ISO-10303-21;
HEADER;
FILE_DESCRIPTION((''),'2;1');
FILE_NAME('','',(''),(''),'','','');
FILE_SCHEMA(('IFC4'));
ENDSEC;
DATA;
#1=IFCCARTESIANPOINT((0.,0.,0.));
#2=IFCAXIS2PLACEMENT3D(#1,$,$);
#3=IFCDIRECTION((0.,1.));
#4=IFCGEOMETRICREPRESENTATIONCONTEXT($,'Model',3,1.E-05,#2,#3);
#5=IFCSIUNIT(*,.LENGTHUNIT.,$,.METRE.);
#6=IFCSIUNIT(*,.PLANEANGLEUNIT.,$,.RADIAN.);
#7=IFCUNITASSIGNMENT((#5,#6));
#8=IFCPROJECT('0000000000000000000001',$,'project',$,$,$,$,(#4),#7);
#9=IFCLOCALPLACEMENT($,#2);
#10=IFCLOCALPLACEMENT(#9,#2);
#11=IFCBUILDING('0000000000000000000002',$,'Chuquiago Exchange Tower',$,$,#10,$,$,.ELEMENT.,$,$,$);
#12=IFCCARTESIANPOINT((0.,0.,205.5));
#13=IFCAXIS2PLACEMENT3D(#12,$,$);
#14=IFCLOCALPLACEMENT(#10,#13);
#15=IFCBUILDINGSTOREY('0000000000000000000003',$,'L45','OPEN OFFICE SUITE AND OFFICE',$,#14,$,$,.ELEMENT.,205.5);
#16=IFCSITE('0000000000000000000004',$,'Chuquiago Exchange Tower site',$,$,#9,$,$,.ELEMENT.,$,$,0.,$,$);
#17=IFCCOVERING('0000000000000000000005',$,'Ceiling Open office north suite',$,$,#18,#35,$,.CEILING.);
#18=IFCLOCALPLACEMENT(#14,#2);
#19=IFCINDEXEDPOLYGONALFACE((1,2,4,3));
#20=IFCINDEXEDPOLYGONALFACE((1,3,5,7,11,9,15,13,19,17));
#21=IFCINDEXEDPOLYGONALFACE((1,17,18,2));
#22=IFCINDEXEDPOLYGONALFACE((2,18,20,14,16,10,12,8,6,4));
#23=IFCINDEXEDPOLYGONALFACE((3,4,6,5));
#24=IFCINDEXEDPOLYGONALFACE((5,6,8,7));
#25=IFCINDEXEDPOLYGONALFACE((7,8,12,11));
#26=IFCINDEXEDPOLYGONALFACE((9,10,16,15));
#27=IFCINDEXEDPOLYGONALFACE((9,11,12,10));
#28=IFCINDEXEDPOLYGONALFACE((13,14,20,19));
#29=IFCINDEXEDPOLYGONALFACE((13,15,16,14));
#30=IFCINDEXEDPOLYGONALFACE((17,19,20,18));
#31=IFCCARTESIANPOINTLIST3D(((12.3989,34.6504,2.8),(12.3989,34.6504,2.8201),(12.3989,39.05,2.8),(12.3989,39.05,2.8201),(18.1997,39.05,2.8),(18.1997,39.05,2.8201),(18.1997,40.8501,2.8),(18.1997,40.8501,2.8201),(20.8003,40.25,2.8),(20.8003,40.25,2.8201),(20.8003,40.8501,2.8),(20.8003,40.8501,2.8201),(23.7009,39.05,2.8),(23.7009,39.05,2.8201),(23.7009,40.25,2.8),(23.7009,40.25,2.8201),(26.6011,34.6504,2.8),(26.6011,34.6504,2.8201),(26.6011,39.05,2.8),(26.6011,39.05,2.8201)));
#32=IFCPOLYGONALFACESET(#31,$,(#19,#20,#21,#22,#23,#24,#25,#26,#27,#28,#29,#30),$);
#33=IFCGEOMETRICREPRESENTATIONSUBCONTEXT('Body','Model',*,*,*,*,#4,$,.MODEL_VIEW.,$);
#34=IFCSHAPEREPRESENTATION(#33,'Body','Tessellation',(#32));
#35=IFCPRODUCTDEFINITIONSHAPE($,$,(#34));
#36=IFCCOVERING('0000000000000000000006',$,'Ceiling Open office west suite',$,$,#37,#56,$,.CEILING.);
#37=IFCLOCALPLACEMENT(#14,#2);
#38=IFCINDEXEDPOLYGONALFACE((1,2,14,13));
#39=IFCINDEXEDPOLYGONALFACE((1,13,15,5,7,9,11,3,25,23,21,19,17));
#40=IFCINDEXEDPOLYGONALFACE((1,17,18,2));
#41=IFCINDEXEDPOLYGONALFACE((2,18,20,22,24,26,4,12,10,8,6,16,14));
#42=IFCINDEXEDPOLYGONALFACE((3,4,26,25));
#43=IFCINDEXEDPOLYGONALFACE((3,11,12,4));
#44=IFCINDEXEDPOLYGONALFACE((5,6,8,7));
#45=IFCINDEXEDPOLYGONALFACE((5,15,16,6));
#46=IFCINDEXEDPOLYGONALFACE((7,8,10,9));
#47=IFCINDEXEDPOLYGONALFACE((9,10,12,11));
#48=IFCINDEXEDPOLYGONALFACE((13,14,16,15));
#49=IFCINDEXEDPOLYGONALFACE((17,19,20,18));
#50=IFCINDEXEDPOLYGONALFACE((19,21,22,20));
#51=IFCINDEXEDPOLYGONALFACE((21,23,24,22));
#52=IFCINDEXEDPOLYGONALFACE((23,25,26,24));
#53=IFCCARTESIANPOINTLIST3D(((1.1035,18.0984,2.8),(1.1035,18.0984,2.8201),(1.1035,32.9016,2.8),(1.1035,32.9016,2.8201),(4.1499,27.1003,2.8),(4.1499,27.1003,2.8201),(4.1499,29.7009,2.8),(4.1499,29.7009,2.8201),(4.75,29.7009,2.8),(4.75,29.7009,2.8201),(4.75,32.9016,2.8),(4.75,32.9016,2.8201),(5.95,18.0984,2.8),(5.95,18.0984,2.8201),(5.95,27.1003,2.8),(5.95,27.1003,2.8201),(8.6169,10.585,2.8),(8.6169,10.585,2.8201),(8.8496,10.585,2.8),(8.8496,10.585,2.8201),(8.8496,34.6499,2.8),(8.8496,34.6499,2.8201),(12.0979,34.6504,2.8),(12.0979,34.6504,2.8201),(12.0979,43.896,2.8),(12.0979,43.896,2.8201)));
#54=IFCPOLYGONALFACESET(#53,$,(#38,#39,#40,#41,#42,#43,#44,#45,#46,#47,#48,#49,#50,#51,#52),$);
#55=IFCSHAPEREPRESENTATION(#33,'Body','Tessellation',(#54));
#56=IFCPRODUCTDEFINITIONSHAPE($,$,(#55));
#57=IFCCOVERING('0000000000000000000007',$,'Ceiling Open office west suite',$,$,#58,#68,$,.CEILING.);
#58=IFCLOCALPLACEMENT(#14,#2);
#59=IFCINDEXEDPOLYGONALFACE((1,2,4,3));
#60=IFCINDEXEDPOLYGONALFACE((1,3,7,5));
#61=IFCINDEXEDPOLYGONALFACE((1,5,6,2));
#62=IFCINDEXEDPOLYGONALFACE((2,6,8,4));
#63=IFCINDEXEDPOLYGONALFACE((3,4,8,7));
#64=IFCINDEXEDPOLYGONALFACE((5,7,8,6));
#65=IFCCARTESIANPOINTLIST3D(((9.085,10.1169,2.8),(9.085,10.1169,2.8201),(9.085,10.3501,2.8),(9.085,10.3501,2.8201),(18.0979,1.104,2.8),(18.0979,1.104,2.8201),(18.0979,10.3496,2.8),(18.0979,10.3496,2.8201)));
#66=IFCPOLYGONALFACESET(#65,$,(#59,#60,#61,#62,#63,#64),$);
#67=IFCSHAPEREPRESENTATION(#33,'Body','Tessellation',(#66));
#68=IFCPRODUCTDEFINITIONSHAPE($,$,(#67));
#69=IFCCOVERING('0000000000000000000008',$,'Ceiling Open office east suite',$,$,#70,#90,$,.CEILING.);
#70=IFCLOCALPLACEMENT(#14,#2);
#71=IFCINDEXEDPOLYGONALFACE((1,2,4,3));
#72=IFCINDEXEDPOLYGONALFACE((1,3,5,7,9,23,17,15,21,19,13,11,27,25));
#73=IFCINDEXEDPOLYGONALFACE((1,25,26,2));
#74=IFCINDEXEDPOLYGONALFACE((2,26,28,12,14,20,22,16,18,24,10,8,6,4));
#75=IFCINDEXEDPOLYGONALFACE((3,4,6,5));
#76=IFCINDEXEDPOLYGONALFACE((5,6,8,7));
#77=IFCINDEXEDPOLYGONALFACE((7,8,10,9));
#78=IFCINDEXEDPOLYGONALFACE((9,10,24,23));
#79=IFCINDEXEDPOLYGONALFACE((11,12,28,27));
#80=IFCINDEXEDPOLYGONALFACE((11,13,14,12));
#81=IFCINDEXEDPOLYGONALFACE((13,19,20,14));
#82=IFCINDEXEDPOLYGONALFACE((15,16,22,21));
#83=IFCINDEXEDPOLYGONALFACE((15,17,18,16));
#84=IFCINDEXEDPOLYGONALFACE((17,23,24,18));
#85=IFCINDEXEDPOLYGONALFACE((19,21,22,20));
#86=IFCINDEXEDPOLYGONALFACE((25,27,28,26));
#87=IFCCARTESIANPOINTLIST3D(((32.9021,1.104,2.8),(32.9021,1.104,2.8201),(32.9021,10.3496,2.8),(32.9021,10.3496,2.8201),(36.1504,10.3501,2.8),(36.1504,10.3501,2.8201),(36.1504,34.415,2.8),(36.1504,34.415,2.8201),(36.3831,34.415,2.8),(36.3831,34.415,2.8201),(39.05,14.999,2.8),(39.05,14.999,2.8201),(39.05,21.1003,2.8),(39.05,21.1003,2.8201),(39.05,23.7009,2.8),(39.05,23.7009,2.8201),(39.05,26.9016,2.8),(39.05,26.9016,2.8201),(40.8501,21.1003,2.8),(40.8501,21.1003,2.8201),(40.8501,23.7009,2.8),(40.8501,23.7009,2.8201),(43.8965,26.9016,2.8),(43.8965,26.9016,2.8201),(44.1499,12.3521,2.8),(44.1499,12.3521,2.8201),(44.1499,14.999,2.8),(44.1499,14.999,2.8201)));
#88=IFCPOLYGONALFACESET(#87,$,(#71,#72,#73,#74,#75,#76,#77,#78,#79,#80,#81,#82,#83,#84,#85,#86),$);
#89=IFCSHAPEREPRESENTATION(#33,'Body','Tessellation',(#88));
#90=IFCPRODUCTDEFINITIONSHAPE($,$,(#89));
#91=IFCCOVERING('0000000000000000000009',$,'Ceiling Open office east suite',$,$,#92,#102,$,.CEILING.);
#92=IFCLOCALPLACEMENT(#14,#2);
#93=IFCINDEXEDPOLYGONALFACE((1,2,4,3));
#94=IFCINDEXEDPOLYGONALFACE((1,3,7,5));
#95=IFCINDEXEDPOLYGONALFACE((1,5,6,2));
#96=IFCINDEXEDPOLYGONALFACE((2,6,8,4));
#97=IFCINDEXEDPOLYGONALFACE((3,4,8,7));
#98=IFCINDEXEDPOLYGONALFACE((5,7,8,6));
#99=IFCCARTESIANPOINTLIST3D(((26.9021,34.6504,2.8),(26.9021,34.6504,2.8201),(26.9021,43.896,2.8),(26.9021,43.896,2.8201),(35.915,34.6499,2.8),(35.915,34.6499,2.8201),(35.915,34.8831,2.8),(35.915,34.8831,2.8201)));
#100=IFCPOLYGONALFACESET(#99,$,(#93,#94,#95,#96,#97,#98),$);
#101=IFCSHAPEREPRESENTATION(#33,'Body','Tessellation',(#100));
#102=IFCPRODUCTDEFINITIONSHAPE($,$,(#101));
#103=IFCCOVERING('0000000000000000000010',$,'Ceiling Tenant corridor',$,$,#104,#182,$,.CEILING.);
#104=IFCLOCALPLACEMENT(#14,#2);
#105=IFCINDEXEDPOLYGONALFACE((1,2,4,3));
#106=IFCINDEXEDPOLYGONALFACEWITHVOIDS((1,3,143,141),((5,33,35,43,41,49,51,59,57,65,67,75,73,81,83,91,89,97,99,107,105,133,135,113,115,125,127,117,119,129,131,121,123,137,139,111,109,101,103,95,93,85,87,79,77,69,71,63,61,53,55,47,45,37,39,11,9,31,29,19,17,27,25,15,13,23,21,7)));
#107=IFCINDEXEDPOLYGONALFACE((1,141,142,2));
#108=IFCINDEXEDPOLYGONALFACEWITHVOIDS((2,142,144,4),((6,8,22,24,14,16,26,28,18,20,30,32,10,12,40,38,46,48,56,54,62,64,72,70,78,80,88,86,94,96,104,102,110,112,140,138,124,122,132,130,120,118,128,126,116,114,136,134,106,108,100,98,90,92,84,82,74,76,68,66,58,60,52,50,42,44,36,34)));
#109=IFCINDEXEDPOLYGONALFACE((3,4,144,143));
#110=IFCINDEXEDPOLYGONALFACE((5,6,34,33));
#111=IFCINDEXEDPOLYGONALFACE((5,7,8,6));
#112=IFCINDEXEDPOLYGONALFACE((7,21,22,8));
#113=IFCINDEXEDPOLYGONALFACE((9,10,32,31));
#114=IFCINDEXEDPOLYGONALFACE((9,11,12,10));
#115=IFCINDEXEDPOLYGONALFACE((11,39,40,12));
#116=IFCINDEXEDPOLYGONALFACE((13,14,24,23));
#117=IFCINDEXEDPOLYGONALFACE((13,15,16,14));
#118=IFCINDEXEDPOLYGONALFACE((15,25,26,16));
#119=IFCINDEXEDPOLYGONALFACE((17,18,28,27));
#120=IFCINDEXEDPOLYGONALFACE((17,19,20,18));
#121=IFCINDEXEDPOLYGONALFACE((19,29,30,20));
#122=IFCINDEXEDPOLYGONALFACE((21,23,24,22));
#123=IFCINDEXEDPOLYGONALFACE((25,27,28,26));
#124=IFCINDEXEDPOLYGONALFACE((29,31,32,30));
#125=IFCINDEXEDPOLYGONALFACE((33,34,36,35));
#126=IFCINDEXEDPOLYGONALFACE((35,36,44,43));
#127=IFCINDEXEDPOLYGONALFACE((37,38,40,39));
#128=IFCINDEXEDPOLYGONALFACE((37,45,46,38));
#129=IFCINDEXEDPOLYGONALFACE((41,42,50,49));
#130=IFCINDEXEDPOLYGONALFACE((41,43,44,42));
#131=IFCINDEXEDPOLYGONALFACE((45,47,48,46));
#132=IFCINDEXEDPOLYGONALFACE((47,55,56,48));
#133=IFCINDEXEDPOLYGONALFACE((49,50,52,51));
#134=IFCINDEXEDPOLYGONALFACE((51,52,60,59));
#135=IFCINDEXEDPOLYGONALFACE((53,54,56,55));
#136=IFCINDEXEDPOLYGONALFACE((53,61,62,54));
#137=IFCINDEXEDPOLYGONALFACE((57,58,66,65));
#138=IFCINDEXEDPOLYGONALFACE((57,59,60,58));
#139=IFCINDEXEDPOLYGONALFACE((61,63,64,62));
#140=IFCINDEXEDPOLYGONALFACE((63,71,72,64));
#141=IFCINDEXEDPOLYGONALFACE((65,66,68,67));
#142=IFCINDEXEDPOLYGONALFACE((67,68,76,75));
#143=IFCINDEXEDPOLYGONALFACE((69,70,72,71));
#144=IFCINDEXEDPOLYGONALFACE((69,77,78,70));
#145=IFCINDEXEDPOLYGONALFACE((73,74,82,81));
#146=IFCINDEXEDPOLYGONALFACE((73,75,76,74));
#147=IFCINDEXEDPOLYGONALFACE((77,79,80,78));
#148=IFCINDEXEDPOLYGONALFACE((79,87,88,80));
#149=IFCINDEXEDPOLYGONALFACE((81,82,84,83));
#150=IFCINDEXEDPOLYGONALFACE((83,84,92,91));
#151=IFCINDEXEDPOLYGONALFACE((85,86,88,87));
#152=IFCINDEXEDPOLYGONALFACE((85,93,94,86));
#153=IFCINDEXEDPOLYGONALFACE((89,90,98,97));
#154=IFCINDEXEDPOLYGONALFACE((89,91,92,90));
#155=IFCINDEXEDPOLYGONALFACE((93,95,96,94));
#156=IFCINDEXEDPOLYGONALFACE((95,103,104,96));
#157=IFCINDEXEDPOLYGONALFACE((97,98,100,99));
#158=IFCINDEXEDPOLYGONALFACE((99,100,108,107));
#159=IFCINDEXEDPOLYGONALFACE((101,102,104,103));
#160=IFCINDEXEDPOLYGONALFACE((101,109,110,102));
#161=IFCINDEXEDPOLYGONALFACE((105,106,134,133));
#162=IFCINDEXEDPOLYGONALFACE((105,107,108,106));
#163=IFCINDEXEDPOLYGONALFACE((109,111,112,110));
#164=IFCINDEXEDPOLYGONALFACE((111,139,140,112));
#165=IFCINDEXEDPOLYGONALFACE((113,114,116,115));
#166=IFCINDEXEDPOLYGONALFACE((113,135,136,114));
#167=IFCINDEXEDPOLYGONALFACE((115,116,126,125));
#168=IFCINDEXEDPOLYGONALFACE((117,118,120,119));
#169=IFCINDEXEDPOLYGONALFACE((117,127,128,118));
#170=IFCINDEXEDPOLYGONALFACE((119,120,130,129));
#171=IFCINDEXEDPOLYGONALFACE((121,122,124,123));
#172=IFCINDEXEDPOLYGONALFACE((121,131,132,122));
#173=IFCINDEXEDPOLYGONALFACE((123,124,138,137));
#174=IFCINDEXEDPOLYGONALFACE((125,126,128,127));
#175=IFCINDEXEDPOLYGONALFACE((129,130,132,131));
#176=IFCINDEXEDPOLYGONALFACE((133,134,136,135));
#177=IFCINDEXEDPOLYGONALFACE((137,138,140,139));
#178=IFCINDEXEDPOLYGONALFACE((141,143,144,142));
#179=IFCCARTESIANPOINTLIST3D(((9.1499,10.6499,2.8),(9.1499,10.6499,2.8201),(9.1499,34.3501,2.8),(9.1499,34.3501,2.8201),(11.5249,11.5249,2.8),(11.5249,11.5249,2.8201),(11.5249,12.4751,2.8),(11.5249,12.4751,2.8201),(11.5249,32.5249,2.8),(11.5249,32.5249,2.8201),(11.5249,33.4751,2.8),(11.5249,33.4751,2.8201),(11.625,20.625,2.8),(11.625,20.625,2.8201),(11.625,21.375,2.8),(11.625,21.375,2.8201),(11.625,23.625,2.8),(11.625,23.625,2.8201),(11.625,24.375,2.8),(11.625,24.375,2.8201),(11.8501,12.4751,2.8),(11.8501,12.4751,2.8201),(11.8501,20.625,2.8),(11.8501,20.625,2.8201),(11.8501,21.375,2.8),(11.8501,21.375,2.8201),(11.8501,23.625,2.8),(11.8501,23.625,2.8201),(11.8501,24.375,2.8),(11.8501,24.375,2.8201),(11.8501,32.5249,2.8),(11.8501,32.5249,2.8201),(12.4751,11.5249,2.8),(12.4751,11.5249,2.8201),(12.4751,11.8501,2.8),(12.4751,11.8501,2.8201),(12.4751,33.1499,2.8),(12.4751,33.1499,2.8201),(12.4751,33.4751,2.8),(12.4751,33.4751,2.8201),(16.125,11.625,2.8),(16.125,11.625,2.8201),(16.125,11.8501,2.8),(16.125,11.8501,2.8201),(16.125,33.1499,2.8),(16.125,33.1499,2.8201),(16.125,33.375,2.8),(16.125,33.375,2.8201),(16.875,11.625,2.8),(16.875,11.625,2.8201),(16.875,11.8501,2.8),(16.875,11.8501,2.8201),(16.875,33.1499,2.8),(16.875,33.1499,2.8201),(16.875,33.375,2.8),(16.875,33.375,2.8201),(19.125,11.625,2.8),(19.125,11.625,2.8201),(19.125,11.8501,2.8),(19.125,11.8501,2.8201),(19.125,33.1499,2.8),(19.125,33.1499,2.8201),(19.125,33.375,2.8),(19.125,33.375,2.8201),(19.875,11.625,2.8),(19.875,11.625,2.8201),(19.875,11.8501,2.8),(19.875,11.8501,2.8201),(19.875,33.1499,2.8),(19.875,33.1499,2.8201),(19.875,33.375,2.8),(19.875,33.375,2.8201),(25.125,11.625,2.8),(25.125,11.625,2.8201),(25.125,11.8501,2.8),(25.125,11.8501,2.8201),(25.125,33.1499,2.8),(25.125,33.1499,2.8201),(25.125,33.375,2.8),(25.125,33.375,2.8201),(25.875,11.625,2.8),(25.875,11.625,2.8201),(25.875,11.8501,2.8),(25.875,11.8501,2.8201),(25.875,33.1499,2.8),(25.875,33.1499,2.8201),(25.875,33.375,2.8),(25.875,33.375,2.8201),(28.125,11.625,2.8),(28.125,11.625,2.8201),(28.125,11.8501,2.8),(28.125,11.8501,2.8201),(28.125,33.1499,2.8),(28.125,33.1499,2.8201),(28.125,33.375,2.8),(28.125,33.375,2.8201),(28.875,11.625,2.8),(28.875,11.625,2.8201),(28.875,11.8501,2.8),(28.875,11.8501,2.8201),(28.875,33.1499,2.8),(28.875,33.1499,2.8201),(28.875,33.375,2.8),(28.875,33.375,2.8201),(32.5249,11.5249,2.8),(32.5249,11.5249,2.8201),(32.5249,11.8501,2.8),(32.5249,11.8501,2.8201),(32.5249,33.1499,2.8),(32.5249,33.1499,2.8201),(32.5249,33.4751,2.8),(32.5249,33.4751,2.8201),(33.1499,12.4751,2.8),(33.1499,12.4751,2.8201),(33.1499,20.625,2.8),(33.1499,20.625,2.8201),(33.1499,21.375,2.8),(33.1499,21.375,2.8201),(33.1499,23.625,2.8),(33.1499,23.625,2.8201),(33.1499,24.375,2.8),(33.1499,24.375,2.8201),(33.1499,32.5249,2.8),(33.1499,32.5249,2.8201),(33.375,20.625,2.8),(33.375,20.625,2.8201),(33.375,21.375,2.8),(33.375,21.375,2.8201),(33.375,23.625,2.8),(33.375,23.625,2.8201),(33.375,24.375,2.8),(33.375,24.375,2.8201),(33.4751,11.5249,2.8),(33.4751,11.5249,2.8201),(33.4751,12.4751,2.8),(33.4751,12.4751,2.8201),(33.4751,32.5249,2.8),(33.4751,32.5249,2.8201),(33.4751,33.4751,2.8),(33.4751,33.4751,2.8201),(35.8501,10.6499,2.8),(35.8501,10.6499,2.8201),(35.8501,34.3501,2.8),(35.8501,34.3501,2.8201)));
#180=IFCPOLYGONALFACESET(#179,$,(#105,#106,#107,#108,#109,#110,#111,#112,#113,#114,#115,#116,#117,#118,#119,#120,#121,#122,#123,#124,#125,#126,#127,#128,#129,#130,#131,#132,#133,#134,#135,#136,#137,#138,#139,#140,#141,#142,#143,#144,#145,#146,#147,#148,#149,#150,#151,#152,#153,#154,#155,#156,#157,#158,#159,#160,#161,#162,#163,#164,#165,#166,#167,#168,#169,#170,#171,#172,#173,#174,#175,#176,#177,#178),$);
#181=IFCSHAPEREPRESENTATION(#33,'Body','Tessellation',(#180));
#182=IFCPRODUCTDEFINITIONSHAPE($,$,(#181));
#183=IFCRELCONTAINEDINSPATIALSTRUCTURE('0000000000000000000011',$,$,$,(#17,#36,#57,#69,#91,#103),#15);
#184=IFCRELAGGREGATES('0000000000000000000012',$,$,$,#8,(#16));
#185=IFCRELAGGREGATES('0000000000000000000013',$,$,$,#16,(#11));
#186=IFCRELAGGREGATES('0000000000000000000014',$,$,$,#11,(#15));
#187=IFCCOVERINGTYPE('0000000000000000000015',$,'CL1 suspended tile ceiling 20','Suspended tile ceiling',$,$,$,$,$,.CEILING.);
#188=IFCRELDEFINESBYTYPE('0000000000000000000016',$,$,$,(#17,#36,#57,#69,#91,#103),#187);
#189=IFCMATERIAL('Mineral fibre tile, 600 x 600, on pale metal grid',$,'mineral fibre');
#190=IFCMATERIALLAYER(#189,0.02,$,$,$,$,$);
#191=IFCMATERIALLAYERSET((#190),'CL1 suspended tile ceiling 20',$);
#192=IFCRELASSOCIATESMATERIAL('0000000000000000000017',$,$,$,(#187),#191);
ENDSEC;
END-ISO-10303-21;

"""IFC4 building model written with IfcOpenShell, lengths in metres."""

from ifc_helpers import new_model, si_unit, direction, frame, origin, place, context, subcontext, project, spatial, polyline, outline, extrude, material, layer, layer_set, type_object, element, save


model = new_model("IFC4")

# Units and contexts
model_context = context("Model", 3, precision=1e-05, world=origin(), true_north=direction((0.0, 1.0)))
body_context = subcontext(model_context, "Body", "Model", "MODEL_VIEW")
ifc_project = project(units=[si_unit("LENGTHUNIT", "METRE"), si_unit("PLANEANGLEUNIT", "RADIAN")], contexts=[model_context])

# Site, building, storey
site_placement = place(None, origin())
site = spatial("IfcSite", under=ifc_project, at=site_placement, Name="Chuquiago Exchange Tower site", CompositionType="ELEMENT", RefElevation=0.0)
building_placement = place(site_placement, origin())
building = spatial("IfcBuilding", under=site, at=building_placement, Name="Chuquiago Exchange Tower", CompositionType="ELEMENT")
storey_placement = place(building_placement, frame((0.0, 0.0, 205.5)))
storey = spatial("IfcBuildingStorey", under=building, at=storey_placement, Name="L45", Description="OPEN OFFICE SUITE AND OFFICE", CompositionType="ELEMENT", Elevation=205.5)

# Coverings
ifc_material_1 = material(Name="Mineral fibre tile, 600 x 600, on pale metal grid", Category="mineral fibre")
ifc_layer_1 = layer(ifc_material_1, 0.02)
ifc_layer_set_1 = layer_set([ifc_layer_1], Name="CL1 suspended tile ceiling 20")
covering_type_1 = type_object("IfcCoveringType", Name="CL1 suspended tile ceiling 20", Description="Suspended tile ceiling", PredefinedType="CEILING", material=ifc_layer_set_1)
covering_1_placement = place(storey_placement, frame((0.0, 0.0, 2.8)))
element("IfcCovering", 1, at=covering_1_placement, inside=storey, type_object=covering_type_1, Name="Ceiling Open office north suite", PredefinedType="CEILING", context=body_context, shape_type="SweptSolid", body=[
    extrude(outline(polyline([(18.1997, 39.05), (18.1997, 40.8501), (20.8003, 40.8501), (20.8003, 40.25), (23.7009, 40.25), (23.7009, 39.05), (26.6011, 39.05), (26.6011, 34.6504), (12.3989, 34.6504), (12.3989, 39.05), (18.1997, 39.05)])), origin(), (0.0, 0.0, 1.0), 0.02),
])
covering_2_placement = place(storey_placement, frame((0.0, 0.0, 2.8)))
element("IfcCovering", 2, at=covering_2_placement, inside=storey, type_object=covering_type_1, Name="Ceiling Open office west suite", PredefinedType="CEILING", context=body_context, shape_type="SweptSolid", body=[
    extrude(outline(polyline([(5.95, 18.0984), (5.95, 27.1003), (4.1499, 27.1003), (4.1499, 29.7009), (4.75, 29.7009), (4.75, 32.9016), (1.1035, 32.9016), (12.0979, 43.896), (12.0979, 34.6504), (8.8496, 34.6499), (8.8496, 10.585), (8.6169, 10.585), (1.1035, 18.0984), (5.95, 18.0984)])), origin(), (0.0, 0.0, 1.0), 0.02),
])
covering_3_placement = place(storey_placement, frame((0.0, 0.0, 2.8)))
element("IfcCovering", 3, at=covering_3_placement, inside=storey, type_object=covering_type_1, Name="Ceiling Open office west suite", PredefinedType="CEILING", context=body_context, shape_type="SweptSolid", body=[
    extrude(outline(polyline([(18.0979, 10.3496), (18.0979, 1.104), (9.085, 10.1169), (9.085, 10.3501), (18.0979, 10.3496)])), origin(), (0.0, 0.0, 1.0), 0.02),
])
covering_4_placement = place(storey_placement, frame((0.0, 0.0, 2.8)))
element("IfcCovering", 4, at=covering_4_placement, inside=storey, type_object=covering_type_1, Name="Ceiling Open office east suite", PredefinedType="CEILING", context=body_context, shape_type="SweptSolid", body=[
    extrude(outline(polyline([(43.8965, 26.9016), (39.05, 26.9016), (39.05, 23.7009), (40.8501, 23.7009), (40.8501, 21.1003), (39.05, 21.1003), (39.05, 14.999), (44.1499, 14.999), (44.1499, 12.3521), (32.9021, 1.104), (32.9021, 10.3496), (36.1504, 10.3501), (36.1504, 34.415), (36.3831, 34.415), (43.8965, 26.9016)])), origin(), (0.0, 0.0, 1.0), 0.02),
])
covering_5_placement = place(storey_placement, frame((0.0, 0.0, 2.8)))
element("IfcCovering", 5, at=covering_5_placement, inside=storey, type_object=covering_type_1, Name="Ceiling Open office east suite", PredefinedType="CEILING", context=body_context, shape_type="SweptSolid", body=[
    extrude(outline(polyline([(26.9021, 34.6504), (26.9021, 43.896), (35.915, 34.8831), (35.915, 34.6499), (26.9021, 34.6504)])), origin(), (0.0, 0.0, 1.0), 0.02),
])
covering_6_placement = place(storey_placement, frame((0.0, 0.0, 2.8)))
element("IfcCovering", 6, at=covering_6_placement, inside=storey, type_object=covering_type_1, Name="Ceiling Tenant corridor", PredefinedType="CEILING", context=body_context, shape_type="SweptSolid", body=[
    extrude(outline(polyline([(9.1499, 34.3501), (35.8501, 34.3501), (35.8501, 10.6499), (9.1499, 10.6499), (9.1499, 34.3501)]), holes=[polyline([(11.8501, 24.375), (11.625, 24.375), (11.625, 23.625), (11.8501, 23.625), (11.8501, 21.375), (11.625, 21.375), (11.625, 20.625), (11.8501, 20.625), (11.8501, 12.4751), (11.5249, 12.4751), (11.5249, 11.5249), (12.4751, 11.5249), (12.4751, 11.8501), (16.125, 11.8501), (16.125, 11.625), (16.875, 11.625), (16.875, 11.8501), (19.125, 11.8501), (19.125, 11.625), (19.875, 11.625), (19.875, 11.8501), (25.125, 11.8501), (25.125, 11.625), (25.875, 11.625), (25.875, 11.8501), (28.125, 11.8501), (28.125, 11.625), (28.875, 11.625), (28.875, 11.8501), (32.5249, 11.8501), (32.5249, 11.5249), (33.4751, 11.5249), (33.4751, 12.4751), (33.1499, 12.4751), (33.1499, 20.625), (33.375, 20.625), (33.375, 21.375), (33.1499, 21.375), (33.1499, 23.625), (33.375, 23.625), (33.375, 24.375), (33.1499, 24.375), (33.1499, 32.5249), (33.4751, 32.5249), (33.4751, 33.4751), (32.5249, 33.4751), (32.5249, 33.1499), (28.875, 33.1499), (28.875, 33.375), (28.125, 33.375), (28.125, 33.1499), (25.875, 33.1499), (25.875, 33.375), (25.125, 33.375), (25.125, 33.1499), (19.875, 33.1499), (19.875, 33.375), (19.125, 33.375), (19.125, 33.1499), (16.875, 33.1499), (16.875, 33.375), (16.125, 33.375), (16.125, 33.1499), (12.4751, 33.1499), (12.4751, 33.4751), (11.5249, 33.4751), (11.5249, 32.5249), (11.8501, 32.5249), (11.8501, 24.375)])]), origin(), (0.0, 0.0, 1.0), 0.02),
])

save(model, "model.ifc")
